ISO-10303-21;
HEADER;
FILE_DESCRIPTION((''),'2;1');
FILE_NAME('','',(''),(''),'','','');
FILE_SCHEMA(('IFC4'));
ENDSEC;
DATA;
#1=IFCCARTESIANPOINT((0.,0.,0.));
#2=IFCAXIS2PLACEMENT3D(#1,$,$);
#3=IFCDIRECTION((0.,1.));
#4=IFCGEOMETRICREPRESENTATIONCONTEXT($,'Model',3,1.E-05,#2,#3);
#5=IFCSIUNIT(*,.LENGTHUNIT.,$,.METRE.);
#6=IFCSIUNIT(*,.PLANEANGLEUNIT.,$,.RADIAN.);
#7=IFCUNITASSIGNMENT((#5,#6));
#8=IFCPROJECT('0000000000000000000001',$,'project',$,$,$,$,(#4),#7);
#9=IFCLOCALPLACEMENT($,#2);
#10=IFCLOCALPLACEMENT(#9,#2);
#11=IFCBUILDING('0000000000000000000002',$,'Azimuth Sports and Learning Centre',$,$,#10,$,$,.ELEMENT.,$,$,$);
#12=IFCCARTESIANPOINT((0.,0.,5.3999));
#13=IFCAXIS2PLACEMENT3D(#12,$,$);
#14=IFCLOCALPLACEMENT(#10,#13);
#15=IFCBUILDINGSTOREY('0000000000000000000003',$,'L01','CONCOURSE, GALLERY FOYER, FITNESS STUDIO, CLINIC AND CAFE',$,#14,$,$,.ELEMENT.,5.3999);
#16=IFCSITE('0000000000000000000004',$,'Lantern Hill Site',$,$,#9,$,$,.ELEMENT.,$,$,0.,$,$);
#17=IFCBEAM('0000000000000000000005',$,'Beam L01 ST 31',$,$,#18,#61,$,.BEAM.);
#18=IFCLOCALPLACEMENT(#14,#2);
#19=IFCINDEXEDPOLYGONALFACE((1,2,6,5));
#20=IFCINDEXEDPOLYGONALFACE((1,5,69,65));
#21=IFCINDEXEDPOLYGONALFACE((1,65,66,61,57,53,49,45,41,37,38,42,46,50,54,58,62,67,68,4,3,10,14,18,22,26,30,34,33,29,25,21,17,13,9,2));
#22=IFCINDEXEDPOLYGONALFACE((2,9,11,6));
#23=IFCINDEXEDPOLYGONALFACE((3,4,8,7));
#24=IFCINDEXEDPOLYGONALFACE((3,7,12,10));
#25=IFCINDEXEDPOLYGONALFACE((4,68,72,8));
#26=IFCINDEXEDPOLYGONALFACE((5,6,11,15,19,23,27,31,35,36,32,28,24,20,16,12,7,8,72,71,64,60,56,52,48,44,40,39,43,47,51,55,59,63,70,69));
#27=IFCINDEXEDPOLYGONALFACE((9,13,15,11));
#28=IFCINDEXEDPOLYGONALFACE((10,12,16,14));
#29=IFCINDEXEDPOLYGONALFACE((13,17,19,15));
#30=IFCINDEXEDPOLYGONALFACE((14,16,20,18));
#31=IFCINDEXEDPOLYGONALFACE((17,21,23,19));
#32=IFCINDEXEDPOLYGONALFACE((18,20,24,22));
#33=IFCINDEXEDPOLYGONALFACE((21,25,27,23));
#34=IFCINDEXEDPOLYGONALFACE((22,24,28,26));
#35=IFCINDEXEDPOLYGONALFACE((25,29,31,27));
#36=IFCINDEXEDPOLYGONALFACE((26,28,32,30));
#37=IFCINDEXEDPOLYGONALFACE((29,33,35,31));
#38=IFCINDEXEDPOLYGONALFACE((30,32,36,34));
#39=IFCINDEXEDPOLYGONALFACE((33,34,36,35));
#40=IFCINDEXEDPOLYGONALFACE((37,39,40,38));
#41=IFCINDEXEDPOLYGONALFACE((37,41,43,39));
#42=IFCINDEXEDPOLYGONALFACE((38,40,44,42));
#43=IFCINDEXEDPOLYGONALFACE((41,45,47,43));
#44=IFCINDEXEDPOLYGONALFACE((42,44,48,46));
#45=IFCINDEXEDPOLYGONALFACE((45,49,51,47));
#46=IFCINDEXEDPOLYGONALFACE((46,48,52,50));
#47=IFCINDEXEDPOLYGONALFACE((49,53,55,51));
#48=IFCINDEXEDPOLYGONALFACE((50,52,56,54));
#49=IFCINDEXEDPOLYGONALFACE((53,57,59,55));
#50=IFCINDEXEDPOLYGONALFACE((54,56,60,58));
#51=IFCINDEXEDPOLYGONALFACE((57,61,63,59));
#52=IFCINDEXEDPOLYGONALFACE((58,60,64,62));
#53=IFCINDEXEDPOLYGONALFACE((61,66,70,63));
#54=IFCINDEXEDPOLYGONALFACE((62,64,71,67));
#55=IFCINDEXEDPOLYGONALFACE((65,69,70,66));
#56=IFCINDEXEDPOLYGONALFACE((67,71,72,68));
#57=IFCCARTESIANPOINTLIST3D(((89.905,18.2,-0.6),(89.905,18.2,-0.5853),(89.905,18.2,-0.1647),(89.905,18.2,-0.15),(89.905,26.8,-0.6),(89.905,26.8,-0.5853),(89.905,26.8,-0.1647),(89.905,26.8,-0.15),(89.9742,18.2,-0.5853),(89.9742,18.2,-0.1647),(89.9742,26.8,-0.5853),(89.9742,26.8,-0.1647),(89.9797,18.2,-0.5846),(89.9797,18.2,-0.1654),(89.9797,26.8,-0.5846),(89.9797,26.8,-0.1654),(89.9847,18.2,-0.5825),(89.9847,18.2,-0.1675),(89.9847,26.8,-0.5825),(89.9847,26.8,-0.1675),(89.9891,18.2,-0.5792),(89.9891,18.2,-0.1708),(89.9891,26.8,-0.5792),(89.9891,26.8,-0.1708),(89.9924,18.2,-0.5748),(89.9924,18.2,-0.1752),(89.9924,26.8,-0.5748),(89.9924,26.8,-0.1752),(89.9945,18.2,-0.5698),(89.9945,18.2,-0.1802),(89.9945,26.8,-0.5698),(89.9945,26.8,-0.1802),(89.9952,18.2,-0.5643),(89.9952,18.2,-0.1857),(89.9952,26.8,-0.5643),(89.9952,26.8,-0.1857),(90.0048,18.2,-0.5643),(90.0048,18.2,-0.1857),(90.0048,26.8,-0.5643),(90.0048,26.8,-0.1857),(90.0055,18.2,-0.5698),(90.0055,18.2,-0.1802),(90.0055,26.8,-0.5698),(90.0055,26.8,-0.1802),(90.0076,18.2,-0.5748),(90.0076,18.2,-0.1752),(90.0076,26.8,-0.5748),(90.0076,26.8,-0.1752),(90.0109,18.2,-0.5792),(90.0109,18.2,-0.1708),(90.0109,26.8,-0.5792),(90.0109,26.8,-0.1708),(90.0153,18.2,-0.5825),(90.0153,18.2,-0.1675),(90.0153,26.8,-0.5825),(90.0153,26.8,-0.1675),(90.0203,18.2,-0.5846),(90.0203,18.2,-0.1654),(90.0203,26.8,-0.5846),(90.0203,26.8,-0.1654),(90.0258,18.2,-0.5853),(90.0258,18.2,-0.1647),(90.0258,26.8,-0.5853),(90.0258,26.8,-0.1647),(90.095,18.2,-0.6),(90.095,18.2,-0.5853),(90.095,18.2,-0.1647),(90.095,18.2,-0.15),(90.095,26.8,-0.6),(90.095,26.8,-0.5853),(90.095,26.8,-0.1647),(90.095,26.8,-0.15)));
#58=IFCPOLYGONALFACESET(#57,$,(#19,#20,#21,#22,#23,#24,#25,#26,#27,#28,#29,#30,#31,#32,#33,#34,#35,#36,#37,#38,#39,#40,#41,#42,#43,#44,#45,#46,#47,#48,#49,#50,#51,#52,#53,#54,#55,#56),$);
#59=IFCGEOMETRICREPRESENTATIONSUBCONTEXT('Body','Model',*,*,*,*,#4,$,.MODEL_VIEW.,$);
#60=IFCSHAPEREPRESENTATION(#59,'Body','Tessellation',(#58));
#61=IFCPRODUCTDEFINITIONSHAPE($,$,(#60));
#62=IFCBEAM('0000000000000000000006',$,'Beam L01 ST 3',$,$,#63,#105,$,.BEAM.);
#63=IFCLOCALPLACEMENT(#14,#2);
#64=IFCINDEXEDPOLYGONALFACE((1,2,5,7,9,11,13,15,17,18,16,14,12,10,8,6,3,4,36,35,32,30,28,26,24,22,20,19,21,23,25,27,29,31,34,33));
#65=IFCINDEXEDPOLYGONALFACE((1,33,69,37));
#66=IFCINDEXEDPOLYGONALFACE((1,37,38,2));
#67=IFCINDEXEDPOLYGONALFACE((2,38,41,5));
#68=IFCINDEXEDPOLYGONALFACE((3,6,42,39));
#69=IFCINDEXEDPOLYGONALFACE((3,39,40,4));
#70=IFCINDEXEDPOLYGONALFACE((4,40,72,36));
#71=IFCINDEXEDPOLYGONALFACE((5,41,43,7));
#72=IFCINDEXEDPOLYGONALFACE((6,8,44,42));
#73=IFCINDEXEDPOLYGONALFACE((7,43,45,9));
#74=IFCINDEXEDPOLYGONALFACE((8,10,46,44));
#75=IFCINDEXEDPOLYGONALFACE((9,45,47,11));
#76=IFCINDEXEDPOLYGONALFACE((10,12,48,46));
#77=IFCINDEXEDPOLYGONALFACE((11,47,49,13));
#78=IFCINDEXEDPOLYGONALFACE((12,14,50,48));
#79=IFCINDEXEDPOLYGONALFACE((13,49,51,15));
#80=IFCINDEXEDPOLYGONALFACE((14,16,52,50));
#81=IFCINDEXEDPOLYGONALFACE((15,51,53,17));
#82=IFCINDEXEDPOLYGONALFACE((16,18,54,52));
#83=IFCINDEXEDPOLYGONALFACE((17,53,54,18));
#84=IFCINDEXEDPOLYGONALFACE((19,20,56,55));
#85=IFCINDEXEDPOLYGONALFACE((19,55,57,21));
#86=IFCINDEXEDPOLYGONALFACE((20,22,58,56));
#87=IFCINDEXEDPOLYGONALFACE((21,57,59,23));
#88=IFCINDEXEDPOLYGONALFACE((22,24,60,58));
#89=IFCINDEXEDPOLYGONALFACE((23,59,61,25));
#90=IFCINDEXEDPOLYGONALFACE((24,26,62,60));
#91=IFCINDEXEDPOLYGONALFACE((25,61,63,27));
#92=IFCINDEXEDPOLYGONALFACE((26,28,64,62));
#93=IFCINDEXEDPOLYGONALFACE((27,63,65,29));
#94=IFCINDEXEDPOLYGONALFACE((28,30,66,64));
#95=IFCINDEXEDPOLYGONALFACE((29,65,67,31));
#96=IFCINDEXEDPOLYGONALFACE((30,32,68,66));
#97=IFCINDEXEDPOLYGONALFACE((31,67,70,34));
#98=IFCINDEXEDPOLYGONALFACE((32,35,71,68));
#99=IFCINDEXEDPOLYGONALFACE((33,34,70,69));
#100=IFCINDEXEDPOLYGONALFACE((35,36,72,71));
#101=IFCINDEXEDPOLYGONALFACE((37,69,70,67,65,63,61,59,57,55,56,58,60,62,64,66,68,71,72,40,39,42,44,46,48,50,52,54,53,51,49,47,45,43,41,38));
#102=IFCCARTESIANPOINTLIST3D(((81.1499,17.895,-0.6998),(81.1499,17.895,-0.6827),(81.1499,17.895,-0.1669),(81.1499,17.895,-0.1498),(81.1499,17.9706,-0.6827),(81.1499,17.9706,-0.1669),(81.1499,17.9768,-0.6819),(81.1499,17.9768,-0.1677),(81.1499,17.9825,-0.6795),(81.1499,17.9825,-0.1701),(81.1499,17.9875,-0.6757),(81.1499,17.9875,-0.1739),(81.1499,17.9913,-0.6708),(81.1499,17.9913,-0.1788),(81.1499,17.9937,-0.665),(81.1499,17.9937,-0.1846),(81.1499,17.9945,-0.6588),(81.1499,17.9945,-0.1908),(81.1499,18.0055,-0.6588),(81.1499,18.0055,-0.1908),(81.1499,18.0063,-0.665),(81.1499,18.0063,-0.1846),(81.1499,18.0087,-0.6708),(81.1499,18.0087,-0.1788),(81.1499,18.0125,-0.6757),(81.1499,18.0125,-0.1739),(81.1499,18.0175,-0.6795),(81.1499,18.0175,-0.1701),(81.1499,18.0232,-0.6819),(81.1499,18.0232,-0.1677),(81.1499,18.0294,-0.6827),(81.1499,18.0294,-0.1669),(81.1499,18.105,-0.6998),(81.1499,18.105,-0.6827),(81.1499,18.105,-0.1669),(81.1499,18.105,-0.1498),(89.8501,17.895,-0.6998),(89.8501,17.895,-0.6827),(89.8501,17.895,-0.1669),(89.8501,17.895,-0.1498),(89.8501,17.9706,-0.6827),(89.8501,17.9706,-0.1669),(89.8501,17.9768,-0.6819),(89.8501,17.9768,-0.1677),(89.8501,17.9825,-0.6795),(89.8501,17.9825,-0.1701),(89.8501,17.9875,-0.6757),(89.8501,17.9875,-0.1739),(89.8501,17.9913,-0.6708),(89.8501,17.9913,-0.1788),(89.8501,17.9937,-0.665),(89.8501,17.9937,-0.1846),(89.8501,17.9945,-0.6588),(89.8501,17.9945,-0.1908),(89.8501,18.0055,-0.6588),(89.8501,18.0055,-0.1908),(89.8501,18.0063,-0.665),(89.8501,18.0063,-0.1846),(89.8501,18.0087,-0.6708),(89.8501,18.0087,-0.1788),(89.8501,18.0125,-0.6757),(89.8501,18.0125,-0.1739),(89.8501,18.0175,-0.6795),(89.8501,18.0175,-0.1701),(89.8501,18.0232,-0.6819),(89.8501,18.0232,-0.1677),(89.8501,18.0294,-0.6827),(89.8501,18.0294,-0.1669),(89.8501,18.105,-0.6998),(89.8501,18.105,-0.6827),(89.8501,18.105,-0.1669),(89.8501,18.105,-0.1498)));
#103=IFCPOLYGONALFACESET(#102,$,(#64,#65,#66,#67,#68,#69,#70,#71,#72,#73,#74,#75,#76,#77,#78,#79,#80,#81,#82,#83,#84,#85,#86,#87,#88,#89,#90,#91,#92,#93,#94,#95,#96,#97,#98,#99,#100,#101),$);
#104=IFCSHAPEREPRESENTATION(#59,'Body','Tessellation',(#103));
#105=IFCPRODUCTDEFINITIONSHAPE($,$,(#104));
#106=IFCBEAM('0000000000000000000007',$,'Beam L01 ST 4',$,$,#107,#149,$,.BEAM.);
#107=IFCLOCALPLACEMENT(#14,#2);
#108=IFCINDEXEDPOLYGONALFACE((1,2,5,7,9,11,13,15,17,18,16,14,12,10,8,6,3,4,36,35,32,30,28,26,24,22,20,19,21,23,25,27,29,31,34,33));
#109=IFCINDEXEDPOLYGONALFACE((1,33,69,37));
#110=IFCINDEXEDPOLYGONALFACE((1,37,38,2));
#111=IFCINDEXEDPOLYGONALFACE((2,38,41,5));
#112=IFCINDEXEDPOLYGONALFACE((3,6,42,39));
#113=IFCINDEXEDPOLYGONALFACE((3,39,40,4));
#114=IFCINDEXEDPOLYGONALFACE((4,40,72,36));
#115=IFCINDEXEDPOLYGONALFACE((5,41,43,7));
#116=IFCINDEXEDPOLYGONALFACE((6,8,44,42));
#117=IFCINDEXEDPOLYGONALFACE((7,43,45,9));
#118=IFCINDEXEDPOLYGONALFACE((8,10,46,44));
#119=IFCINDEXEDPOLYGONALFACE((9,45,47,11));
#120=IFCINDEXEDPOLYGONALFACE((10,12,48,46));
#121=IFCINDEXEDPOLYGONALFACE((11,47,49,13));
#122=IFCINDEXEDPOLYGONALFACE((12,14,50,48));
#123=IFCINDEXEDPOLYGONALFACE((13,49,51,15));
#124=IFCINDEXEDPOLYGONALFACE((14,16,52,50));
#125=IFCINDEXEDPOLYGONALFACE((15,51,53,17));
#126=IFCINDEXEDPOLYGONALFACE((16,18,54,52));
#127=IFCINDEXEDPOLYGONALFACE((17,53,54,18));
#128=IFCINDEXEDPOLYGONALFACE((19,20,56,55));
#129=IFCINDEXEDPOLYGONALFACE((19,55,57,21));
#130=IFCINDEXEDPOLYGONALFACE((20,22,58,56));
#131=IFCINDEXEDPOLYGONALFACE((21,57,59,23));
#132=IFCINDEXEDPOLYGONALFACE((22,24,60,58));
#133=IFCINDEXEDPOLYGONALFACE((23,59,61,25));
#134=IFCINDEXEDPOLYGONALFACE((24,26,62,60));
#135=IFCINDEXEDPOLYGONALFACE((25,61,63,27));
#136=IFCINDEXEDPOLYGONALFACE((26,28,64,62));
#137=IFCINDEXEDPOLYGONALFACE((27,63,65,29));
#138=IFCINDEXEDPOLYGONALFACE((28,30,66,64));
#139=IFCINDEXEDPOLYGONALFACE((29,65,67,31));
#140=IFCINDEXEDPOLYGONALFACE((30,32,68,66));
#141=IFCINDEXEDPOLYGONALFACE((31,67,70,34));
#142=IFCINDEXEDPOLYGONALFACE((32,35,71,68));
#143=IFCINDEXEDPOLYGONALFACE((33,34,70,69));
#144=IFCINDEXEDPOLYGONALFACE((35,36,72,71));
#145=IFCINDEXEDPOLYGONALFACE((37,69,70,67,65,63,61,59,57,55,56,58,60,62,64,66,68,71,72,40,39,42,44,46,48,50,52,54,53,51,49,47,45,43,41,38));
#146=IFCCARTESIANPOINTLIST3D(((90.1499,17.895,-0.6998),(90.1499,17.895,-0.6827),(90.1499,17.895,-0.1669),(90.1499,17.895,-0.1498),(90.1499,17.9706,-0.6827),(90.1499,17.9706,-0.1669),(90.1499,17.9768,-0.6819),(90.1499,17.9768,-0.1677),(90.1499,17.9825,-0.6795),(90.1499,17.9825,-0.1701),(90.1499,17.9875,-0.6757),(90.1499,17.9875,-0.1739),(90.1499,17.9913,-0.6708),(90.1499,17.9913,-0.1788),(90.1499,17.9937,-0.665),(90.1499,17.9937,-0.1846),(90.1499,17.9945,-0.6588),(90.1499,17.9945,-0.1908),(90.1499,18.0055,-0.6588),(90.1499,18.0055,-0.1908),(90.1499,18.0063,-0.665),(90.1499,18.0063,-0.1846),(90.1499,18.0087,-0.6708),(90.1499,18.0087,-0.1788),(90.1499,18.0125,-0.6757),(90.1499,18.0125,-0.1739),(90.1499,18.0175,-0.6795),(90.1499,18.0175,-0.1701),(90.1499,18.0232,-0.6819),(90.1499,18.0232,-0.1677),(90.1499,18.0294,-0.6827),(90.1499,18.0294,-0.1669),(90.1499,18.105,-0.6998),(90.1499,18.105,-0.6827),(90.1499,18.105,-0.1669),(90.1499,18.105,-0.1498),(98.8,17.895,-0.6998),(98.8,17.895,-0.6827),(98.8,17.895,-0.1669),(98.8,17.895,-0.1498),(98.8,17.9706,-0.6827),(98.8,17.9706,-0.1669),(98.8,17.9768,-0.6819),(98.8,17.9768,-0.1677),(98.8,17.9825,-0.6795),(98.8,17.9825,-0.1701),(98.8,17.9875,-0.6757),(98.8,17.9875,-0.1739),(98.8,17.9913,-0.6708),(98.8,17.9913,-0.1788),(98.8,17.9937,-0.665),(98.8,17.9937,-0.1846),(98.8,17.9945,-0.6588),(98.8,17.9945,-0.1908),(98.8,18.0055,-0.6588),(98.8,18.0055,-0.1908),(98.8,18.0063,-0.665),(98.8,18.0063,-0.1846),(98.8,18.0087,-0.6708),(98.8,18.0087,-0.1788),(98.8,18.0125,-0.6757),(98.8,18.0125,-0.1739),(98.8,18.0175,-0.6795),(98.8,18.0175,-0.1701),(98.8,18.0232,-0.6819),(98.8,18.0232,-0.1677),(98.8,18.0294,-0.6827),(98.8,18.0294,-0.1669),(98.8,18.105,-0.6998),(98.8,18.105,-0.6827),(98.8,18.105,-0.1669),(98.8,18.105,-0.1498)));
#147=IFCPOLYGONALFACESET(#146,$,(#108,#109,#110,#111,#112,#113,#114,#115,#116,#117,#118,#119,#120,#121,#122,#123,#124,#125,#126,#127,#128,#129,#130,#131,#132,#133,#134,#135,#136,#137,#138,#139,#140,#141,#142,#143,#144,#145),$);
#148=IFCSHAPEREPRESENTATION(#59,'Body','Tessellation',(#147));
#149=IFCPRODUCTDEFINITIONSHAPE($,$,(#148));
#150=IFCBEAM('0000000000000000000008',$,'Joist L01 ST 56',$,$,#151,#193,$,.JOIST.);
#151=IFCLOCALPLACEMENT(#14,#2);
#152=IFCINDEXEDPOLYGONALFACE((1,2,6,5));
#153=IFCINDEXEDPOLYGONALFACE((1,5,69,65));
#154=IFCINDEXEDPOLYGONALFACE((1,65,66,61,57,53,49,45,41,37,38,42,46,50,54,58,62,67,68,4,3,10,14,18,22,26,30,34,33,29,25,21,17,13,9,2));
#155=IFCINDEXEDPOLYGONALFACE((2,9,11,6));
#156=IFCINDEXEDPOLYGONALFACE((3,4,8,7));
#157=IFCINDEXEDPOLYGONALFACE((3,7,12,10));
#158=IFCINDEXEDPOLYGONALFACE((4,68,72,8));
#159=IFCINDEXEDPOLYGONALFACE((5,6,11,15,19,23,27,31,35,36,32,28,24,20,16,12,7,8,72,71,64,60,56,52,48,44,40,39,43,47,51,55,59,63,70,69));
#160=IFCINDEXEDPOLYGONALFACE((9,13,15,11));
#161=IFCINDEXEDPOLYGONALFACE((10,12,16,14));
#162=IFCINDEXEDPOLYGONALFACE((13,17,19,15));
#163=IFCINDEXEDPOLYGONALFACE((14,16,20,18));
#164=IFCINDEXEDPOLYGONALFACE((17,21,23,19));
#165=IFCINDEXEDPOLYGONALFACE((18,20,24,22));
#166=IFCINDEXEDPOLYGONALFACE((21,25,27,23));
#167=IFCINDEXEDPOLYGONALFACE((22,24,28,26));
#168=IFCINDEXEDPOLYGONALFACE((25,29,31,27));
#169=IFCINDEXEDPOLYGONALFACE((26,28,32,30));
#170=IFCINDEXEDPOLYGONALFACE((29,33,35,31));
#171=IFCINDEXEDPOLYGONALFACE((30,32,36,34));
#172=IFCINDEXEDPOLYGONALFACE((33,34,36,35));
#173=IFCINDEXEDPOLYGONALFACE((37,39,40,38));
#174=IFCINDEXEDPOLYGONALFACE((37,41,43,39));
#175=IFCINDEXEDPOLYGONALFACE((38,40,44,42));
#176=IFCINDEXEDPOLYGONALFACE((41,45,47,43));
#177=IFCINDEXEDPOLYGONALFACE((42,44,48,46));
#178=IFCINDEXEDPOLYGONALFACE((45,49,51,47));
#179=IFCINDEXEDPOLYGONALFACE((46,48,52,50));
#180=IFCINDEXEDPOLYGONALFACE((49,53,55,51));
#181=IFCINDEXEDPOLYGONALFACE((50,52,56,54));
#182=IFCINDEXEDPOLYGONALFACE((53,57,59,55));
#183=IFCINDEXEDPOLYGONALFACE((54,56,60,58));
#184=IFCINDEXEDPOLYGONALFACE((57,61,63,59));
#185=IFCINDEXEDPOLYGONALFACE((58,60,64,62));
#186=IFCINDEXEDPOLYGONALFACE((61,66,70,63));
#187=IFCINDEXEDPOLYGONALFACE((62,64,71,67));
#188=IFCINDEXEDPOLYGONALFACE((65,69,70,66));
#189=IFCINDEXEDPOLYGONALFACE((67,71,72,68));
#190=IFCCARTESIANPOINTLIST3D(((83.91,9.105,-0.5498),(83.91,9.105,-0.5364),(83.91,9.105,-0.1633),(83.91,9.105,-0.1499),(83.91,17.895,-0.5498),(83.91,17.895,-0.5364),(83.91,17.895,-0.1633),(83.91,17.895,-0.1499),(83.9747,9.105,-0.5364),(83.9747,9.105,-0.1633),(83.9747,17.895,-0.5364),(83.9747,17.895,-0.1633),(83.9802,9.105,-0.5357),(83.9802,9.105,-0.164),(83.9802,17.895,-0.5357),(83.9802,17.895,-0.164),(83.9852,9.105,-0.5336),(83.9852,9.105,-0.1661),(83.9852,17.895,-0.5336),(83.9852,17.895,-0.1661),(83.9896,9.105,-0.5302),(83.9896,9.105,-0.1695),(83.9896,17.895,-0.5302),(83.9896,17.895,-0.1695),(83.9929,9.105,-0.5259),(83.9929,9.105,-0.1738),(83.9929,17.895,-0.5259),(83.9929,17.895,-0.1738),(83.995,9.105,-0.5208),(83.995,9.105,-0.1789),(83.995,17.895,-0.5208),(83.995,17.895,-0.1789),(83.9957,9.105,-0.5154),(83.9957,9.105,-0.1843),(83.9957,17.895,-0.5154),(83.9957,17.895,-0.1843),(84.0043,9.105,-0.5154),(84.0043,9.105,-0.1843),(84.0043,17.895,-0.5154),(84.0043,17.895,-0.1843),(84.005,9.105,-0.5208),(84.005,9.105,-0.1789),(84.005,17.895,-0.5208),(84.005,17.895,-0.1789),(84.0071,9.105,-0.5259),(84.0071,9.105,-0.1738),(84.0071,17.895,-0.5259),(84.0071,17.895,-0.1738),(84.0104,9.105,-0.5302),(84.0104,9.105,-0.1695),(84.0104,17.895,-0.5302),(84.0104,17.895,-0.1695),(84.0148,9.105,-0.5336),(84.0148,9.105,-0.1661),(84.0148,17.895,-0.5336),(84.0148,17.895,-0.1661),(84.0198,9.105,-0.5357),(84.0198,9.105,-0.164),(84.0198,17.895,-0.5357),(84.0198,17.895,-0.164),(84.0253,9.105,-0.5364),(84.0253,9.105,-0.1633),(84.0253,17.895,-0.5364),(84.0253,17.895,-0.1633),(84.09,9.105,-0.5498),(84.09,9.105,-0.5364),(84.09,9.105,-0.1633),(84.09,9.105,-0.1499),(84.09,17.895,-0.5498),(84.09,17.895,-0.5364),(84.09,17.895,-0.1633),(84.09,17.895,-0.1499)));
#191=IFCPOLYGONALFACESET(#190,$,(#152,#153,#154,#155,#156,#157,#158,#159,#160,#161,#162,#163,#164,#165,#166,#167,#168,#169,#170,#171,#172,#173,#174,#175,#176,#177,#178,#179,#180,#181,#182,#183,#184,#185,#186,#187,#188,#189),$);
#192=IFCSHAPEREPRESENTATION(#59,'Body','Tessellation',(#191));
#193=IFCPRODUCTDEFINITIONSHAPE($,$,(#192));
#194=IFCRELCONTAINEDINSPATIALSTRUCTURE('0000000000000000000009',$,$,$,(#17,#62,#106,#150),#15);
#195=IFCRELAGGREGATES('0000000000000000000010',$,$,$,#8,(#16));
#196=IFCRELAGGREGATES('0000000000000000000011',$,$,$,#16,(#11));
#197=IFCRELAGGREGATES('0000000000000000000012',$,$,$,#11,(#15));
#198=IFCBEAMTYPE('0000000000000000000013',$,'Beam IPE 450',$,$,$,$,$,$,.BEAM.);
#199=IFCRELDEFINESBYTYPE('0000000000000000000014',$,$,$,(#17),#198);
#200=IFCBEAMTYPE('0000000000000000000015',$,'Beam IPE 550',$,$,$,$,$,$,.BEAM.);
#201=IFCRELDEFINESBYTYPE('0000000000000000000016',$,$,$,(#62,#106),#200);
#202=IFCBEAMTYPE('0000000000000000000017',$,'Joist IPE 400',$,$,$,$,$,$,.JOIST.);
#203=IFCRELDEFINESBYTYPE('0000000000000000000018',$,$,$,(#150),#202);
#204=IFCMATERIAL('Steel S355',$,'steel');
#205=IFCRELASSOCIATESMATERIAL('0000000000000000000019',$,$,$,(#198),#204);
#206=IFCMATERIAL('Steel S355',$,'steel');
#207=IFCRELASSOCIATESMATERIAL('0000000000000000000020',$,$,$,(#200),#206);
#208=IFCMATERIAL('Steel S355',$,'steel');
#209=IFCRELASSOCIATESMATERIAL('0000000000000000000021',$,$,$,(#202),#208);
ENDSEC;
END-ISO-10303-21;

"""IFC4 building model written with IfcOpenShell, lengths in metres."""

from ifc_helpers import new_model, si_unit, direction, frame, origin, origin_2d, place, context, subcontext, project, spatial, i_section, extrude, material, material_profile, profile_set, type_object, element, save


model = new_model("IFC4")

# Units and contexts
model_context = context("Model", 3, precision=1e-05, world=origin(), true_north=direction((0.0, 1.0)))
body_context = subcontext(model_context, "Body", "Model", "MODEL_VIEW")
ifc_project = project(units=[si_unit("LENGTHUNIT", "METRE"), si_unit("PLANEANGLEUNIT", "RADIAN")], contexts=[model_context])

# Site, building, storey
site_placement = place(None, origin())
site = spatial("IfcSite", under=ifc_project, at=site_placement, Name="Lantern Hill Site", CompositionType="ELEMENT", RefElevation=0.0)
building_placement = place(site_placement, origin())
building = spatial("IfcBuilding", under=site, at=building_placement, Name="Azimuth Sports and Learning Centre", CompositionType="ELEMENT")
storey_placement = place(building_placement, frame((0.0, 0.0, 5.3999)))
storey = spatial("IfcBuildingStorey", under=building, at=storey_placement, Name="L01", Description="CONCOURSE, GALLERY FOYER, FITNESS STUDIO, CLINIC AND CAFE", CompositionType="ELEMENT", Elevation=5.3999)

# Beams
ifc_material_1 = material(Name="Steel S355", Category="steel")
ifc_material_profile_1 = material_profile(ifc_material_1, i_section(OverallWidth=0.1899, OverallDepth=0.45, WebThickness=0.0095, FlangeThickness=0.0146, FilletRadius=0.021, at=origin_2d()), Name="IPE 450")
ifc_profile_set_1 = profile_set([ifc_material_profile_1], Name="Steel S355")
beam_type_1 = type_object("IfcBeamType", Name="Beam IPE 450", PredefinedType="BEAM", material=ifc_profile_set_1)
for number, where, z_axis, x_axis, name in (
    (1, (90.0, 18.2, -0.375), (0.0, 1.0, 0.0), (-1.0, 0.0, 0.0), "Beam L01 ST 31"),
):
    element("IfcBeam", number, at=place(storey_placement, frame(where, z_axis=z_axis, x_axis=x_axis)), inside=storey, type_object=beam_type_1, Name=name, PredefinedType="BEAM", context=body_context, shape_type="SweptSolid", body=[
        extrude(i_section(OverallWidth=0.1899, OverallDepth=0.45, WebThickness=0.0095, FlangeThickness=0.0146, FilletRadius=0.021, at=origin_2d()), origin(), (0.0, 0.0, 1.0), 8.6001),
    ])
ifc_material_2 = material(Name="Steel S355", Category="steel")
ifc_material_profile_2 = material_profile(ifc_material_2, i_section(OverallWidth=0.21, OverallDepth=0.55, WebThickness=0.011, FlangeThickness=0.0171, FilletRadius=0.0239, at=origin_2d()), Name="IPE 550")
ifc_profile_set_2 = profile_set([ifc_material_profile_2], Name="Steel S355")
beam_type_2 = type_object("IfcBeamType", Name="Beam IPE 550", PredefinedType="BEAM", material=ifc_profile_set_2)
beam_1_placement = place(storey_placement, frame((81.1499, 18.0, -0.4248), z_axis=(1.0, 0.0, 0.0), x_axis=(0.0, 1.0, 0.0)))
element("IfcBeam", 2, at=beam_1_placement, inside=storey, type_object=beam_type_2, Name="Beam L01 ST 3", PredefinedType="BEAM", context=body_context, shape_type="SweptSolid", body=[
    extrude(i_section(OverallWidth=0.21, OverallDepth=0.55, WebThickness=0.011, FlangeThickness=0.0171, FilletRadius=0.0239, at=origin_2d()), origin(), (0.0, 0.0, 1.0), 8.7002),
])
beam_2_placement = place(storey_placement, frame((90.1499, 18.0, -0.4248), z_axis=(1.0, 0.0, 0.0), x_axis=(0.0, 1.0, 0.0)))
element("IfcBeam", 3, at=beam_2_placement, inside=storey, type_object=beam_type_2, Name="Beam L01 ST 4", PredefinedType="BEAM", context=body_context, shape_type="SweptSolid", body=[
    extrude(i_section(OverallWidth=0.21, OverallDepth=0.55, WebThickness=0.011, FlangeThickness=0.0171, FilletRadius=0.0239, at=origin_2d()), origin(), (0.0, 0.0, 1.0), 8.6501),
])
ifc_material_3 = material(Name="Steel S355", Category="steel")
ifc_material_profile_3 = material_profile(ifc_material_3, i_section(OverallWidth=0.1799, OverallDepth=0.3999, WebThickness=0.0085, FlangeThickness=0.0134, FilletRadius=0.021, at=origin_2d()), Name="IPE 400")
ifc_profile_set_3 = profile_set([ifc_material_profile_3], Name="Steel S355")
beam_type_3 = type_object("IfcBeamType", Name="Joist IPE 400", PredefinedType="JOIST", material=ifc_profile_set_3)
for number, where, z_axis, x_axis, name in (
    (4, (84.0, 9.105, -0.3499), (0.0, 1.0, 0.0), (-1.0, 0.0, 0.0), "Joist L01 ST 56"),
):
    element("IfcBeam", number, at=place(storey_placement, frame(where, z_axis=z_axis, x_axis=x_axis)), inside=storey, type_object=beam_type_3, Name=name, PredefinedType="JOIST", context=body_context, shape_type="SweptSolid", body=[
        extrude(i_section(OverallWidth=0.1799, OverallDepth=0.3999, WebThickness=0.0085, FlangeThickness=0.0134, FilletRadius=0.021, at=origin_2d()), origin(), (0.0, 0.0, 1.0), 8.79),
    ])

save(model, "model.ifc")
